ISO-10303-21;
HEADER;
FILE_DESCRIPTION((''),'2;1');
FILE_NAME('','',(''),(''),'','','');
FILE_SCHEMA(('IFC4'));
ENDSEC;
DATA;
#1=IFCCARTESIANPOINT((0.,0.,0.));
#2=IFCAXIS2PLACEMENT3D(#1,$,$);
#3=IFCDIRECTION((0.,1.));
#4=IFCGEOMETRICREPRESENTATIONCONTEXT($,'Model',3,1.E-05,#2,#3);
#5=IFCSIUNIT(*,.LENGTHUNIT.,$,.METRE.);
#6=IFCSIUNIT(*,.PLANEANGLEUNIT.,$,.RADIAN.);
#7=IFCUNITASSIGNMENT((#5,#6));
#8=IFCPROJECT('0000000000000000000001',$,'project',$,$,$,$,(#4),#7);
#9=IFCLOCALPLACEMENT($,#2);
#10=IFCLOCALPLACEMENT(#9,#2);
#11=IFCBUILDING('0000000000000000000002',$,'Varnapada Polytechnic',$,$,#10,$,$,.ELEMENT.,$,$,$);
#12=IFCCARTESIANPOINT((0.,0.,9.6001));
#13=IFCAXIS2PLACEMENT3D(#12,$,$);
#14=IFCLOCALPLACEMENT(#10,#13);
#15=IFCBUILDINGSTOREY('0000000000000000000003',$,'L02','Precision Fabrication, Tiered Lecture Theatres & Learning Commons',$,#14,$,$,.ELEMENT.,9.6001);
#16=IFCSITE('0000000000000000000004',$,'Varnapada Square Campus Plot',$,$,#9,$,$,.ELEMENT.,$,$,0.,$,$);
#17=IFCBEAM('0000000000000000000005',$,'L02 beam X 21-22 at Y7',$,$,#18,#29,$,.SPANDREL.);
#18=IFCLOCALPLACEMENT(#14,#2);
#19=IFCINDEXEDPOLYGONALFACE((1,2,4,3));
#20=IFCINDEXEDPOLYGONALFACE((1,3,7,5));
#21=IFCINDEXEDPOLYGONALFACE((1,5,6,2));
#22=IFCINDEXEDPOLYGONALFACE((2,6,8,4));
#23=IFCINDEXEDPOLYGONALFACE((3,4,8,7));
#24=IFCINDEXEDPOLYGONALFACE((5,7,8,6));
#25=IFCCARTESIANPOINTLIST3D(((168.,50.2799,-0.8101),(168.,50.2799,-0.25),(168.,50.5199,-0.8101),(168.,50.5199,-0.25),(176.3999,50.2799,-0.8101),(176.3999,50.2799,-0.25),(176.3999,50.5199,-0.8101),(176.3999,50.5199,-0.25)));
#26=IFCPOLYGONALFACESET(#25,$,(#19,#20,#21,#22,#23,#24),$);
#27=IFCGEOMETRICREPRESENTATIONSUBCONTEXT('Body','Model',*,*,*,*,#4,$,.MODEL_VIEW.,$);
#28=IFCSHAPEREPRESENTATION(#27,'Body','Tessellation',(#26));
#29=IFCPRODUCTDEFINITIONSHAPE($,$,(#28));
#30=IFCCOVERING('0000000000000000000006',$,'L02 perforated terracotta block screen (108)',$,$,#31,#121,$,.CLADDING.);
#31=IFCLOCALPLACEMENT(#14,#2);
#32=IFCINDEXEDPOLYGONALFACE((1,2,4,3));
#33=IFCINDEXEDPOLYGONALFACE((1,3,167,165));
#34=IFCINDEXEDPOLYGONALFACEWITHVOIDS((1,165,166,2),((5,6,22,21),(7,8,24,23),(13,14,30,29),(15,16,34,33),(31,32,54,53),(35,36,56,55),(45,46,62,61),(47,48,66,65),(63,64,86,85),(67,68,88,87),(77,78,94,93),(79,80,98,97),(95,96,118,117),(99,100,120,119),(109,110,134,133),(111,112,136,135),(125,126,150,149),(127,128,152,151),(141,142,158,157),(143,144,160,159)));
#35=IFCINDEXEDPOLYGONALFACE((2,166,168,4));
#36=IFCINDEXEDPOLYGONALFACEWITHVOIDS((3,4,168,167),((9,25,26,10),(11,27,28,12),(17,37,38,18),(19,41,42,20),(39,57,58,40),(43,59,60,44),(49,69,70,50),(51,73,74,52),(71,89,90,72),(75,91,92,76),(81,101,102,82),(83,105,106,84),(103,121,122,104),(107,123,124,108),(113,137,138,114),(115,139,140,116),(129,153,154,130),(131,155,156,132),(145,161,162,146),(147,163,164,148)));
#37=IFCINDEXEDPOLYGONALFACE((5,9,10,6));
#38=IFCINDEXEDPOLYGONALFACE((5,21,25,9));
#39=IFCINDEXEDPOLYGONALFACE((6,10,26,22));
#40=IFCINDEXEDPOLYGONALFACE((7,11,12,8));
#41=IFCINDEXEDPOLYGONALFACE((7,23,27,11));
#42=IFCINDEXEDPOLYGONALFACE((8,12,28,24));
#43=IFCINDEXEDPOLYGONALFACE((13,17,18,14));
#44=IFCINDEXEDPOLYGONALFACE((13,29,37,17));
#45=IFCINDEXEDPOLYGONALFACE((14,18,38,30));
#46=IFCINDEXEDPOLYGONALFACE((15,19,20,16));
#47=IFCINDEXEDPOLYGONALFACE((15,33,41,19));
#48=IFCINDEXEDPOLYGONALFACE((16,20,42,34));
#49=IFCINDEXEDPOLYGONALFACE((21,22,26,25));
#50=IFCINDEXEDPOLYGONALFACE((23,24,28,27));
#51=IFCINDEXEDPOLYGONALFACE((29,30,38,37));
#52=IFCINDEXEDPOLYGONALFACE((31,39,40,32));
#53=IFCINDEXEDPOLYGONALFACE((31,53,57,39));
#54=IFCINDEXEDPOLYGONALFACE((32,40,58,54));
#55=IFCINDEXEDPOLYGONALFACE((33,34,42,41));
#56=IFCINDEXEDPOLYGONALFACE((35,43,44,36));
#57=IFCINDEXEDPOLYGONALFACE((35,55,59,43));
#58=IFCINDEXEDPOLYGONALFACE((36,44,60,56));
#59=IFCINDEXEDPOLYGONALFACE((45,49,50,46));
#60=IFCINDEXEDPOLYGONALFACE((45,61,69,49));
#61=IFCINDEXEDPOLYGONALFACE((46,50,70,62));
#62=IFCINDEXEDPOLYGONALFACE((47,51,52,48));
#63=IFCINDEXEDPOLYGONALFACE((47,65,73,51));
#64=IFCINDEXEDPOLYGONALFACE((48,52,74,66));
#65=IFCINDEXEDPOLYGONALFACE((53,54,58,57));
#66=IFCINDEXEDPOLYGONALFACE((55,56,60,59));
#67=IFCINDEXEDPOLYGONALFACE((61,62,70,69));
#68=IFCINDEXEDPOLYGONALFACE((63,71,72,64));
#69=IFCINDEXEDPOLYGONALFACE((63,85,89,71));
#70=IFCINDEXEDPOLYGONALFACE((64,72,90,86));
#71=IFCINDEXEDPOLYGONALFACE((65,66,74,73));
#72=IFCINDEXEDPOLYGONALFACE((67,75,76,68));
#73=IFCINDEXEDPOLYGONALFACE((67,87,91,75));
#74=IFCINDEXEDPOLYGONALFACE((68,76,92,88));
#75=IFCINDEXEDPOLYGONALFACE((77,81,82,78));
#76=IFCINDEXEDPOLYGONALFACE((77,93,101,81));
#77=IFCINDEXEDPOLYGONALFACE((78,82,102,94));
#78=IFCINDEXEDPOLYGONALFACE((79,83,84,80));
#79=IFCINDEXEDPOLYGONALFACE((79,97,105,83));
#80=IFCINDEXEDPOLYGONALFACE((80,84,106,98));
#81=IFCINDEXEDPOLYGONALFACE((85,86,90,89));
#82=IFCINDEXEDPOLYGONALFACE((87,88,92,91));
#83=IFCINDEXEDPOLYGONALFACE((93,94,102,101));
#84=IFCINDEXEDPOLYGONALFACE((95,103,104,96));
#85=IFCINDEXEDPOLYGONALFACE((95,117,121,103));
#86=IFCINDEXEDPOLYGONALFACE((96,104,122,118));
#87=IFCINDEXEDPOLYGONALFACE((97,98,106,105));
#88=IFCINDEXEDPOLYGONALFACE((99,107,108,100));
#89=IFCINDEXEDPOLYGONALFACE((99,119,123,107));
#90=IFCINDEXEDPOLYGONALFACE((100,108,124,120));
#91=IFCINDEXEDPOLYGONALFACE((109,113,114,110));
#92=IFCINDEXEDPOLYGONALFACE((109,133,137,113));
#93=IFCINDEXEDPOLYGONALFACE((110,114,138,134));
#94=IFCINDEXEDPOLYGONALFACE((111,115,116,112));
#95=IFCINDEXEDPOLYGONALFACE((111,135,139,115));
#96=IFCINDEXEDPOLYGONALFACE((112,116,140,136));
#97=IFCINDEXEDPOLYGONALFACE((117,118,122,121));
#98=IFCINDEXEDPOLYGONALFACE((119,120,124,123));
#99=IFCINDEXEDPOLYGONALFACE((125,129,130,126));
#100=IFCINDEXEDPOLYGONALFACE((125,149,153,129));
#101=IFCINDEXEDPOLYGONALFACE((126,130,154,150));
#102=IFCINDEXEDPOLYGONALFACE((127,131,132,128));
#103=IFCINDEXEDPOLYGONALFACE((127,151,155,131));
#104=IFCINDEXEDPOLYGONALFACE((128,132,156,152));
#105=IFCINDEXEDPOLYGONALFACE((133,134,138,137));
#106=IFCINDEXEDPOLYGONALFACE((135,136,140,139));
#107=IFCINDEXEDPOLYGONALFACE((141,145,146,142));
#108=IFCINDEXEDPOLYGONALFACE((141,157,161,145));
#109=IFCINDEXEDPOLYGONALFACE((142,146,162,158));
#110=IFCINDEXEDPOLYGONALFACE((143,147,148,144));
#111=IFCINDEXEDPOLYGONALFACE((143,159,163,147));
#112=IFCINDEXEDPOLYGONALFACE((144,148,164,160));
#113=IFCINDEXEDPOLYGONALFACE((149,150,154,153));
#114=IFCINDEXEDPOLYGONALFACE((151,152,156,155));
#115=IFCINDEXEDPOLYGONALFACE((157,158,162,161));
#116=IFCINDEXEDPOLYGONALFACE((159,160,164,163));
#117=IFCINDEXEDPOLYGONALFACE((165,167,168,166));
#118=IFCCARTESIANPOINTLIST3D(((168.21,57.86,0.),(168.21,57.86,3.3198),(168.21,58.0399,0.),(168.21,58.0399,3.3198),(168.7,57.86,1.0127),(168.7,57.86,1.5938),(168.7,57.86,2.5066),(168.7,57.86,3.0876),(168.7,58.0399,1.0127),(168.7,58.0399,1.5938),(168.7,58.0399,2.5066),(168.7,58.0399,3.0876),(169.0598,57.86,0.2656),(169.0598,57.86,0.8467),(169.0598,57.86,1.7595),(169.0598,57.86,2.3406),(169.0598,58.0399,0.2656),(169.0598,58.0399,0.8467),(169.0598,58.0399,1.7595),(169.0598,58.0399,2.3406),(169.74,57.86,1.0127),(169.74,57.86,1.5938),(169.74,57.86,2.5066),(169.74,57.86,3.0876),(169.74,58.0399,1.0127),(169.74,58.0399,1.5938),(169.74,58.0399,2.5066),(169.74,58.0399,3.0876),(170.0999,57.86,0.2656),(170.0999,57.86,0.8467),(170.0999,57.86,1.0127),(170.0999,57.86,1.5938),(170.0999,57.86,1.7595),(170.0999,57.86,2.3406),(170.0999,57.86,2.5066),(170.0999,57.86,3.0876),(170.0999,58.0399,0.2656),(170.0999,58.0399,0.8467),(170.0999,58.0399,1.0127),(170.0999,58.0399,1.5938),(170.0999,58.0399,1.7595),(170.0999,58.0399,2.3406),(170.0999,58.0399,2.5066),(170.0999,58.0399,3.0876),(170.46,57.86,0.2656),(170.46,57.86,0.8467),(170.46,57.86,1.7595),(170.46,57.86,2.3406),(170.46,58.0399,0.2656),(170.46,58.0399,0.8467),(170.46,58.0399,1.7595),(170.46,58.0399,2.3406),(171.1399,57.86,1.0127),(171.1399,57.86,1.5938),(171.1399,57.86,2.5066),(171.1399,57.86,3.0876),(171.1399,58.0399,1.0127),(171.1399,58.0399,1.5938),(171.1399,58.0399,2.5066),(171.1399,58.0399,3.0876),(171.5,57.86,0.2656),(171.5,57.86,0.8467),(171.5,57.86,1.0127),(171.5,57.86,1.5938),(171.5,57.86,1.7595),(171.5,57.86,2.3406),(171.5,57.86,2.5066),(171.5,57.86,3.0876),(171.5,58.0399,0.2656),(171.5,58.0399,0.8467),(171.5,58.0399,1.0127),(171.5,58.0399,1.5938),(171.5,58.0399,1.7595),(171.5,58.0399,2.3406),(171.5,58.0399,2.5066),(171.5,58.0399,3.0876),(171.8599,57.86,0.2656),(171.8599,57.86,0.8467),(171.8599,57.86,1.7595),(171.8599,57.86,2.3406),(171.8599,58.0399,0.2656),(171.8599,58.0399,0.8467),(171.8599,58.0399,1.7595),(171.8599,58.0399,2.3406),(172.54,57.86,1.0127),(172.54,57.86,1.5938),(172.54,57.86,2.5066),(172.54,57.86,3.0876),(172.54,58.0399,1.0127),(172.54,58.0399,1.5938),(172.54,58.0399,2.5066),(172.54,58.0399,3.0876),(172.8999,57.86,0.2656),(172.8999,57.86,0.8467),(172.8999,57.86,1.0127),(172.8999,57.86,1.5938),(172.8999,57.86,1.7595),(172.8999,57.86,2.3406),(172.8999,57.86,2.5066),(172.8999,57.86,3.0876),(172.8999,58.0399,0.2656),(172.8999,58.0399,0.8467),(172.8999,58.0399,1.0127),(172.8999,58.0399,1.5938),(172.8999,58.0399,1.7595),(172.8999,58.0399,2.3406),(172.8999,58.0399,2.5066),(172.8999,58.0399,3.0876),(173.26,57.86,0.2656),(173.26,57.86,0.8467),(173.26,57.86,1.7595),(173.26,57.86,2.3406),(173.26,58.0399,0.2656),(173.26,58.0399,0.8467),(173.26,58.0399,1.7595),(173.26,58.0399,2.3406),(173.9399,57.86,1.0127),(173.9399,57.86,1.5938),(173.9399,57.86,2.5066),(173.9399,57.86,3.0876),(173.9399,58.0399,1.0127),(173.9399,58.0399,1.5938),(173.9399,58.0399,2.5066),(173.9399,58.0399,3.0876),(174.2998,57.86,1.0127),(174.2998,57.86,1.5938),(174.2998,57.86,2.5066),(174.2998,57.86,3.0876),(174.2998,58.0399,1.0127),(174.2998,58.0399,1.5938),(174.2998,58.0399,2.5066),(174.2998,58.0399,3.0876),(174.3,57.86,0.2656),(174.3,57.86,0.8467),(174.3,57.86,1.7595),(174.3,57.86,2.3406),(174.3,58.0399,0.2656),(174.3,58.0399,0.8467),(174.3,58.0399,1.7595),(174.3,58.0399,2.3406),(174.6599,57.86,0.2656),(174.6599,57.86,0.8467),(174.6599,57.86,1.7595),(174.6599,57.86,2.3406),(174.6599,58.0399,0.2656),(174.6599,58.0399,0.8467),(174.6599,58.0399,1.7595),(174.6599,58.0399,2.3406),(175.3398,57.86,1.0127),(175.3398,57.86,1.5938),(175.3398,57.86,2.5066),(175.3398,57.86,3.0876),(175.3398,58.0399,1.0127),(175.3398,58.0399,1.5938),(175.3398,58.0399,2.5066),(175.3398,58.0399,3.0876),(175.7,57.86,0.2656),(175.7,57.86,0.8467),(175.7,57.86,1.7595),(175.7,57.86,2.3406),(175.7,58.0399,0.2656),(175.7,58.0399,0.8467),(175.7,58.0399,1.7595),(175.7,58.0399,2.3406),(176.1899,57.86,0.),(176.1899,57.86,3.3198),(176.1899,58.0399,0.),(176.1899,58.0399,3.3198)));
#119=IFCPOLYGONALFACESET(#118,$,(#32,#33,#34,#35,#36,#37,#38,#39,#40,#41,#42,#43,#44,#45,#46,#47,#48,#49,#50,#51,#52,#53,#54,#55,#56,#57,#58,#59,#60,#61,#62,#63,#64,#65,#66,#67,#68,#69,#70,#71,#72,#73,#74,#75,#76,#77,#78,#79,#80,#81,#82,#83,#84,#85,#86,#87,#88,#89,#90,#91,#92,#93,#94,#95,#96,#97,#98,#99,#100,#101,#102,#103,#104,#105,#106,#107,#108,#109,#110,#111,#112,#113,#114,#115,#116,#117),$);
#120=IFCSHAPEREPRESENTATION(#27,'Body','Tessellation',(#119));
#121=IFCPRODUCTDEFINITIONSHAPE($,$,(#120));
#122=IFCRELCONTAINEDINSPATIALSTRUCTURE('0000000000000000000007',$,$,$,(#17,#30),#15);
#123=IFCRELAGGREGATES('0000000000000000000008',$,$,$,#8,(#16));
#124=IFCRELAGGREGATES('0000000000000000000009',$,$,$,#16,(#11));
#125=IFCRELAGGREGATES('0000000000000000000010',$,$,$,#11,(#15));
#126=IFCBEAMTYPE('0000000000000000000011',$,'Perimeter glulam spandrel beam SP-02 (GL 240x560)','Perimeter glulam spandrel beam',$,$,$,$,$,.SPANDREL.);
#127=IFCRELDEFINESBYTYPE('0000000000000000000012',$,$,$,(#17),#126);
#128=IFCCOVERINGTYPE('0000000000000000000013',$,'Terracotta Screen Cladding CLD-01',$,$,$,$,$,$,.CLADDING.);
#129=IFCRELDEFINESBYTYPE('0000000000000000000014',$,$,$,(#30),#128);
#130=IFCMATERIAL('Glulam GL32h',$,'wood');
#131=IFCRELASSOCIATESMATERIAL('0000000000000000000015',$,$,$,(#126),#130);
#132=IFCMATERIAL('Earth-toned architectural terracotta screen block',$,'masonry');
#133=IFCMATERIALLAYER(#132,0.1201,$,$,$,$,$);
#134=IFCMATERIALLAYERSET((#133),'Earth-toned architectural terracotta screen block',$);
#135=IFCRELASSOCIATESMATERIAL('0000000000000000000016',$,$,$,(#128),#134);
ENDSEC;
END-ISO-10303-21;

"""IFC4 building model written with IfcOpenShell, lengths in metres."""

from ifc_helpers import new_model, si_unit, direction, frame, frame_2d, origin, origin_2d, place, context, subcontext, project, spatial, rectangle, extrude, material, layer, layer_set, material_profile, profile_set, type_object, element, save


model = new_model("IFC4")

# Units and contexts
model_context = context("Model", 3, precision=1e-05, world=origin(), true_north=direction((0.0, 1.0)))
body_context = subcontext(model_context, "Body", "Model", "MODEL_VIEW")
ifc_project = project(units=[si_unit("LENGTHUNIT", "METRE"), si_unit("PLANEANGLEUNIT", "RADIAN")], contexts=[model_context])

# Site, building, storey
site_placement = place(None, origin())
site = spatial("IfcSite", under=ifc_project, at=site_placement, Name="Varnapada Square Campus Plot", CompositionType="ELEMENT", RefElevation=0.0)
building_placement = place(site_placement, origin())
building = spatial("IfcBuilding", under=site, at=building_placement, Name="Varnapada Polytechnic", CompositionType="ELEMENT")
storey_placement = place(building_placement, frame((0.0, 0.0, 9.6001)))
storey = spatial("IfcBuildingStorey", under=building, at=storey_placement, Name="L02", Description="Precision Fabrication, Tiered Lecture Theatres & Learning Commons", CompositionType="ELEMENT", Elevation=9.6001)

# Beam
ifc_material_1 = material(Name="Glulam GL32h", Category="wood")
ifc_material_profile = material_profile(ifc_material_1, rectangle(XDim=0.24, YDim=0.5601, at=origin_2d()), Name="GL 240x560")
ifc_profile_set = profile_set([ifc_material_profile], Name="Glulam GL32h")
beam_type = type_object("IfcBeamType", Name="Perimeter glulam spandrel beam SP-02 (GL 240x560)", Description="Perimeter glulam spandrel beam", PredefinedType="SPANDREL", material=ifc_profile_set)
beam_placement = place(storey_placement, frame((168.0, 50.3999, -0.53), z_axis=(1.0, 0.0, 0.0), x_axis=(0.0, 1.0, 0.0)))
element("IfcBeam", 1, at=beam_placement, inside=storey, type_object=beam_type, Name="L02 beam X 21-22 at Y7", PredefinedType="SPANDREL", context=body_context, shape_type="SweptSolid", body=[
    extrude(rectangle(XDim=0.24, YDim=0.5601, at=origin_2d()), origin(), (0.0, 0.0, 1.0), 8.3999),
])

# Covering, openings
ifc_material_2 = material(Name="Earth-toned architectural terracotta screen block", Category="masonry")
ifc_layer_1 = layer(ifc_material_2, 0.1201)
ifc_layer_set_1 = layer_set([ifc_layer_1], Name="Earth-toned architectural terracotta screen block")
covering_type = type_object("IfcCoveringType", Name="Terracotta Screen Cladding CLD-01", PredefinedType="CLADDING", material=ifc_layer_set_1)
covering_placement = place(storey_placement, frame((176.1899, 57.95, 0.0), z_axis=(0.0, 0.0, 1.0), x_axis=(-1.0, 0.0, 0.0)))
covering = element("IfcCovering", 2, at=covering_placement, inside=storey, type_object=covering_type, Name="L02 perforated terracotta block screen (108)", PredefinedType="CLADDING", context=body_context, shape_type="SweptSolid", body=[
    extrude(rectangle(XDim=7.98, YDim=0.1799, at=frame_2d((3.99, 0.0))), origin(), (0.0, 0.0, 1.0), 3.3198),
])
opening_1_placement = place(covering_placement, frame((0.49, 0.0, 0.2656)))
element("IfcOpeningElement", 3, at=opening_1_placement, cuts=covering, PredefinedType="OPENING", context=body_context, shape_type="SweptSolid", body=[
    extrude(rectangle(XDim=1.04, YDim=0.5811, at=frame_2d((0.52, 0.2905))), frame((0.0, 0.0999, 0.0), z_axis=(0.0, -1.0, 0.0), x_axis=(1.0, 0.0, 0.0)), (0.0, 0.0, 1.0), 0.2),
])
opening_2_placement = place(covering_placement, frame((1.8899, 0.0, 0.2656)))
element("IfcOpeningElement", 4, at=opening_2_placement, cuts=covering, PredefinedType="OPENING", context=body_context, shape_type="SweptSolid", body=[
    extrude(rectangle(XDim=1.04, YDim=0.5811, at=frame_2d((0.52, 0.2905))), frame((0.0, 0.0999, 0.0), z_axis=(0.0, -1.0, 0.0), x_axis=(1.0, 0.0, 0.0)), (0.0, 0.0, 1.0), 0.2),
])
opening_3_placement = place(covering_placement, frame((3.29, 0.0, 0.2656)))
element("IfcOpeningElement", 5, at=opening_3_placement, cuts=covering, PredefinedType="OPENING", context=body_context, shape_type="SweptSolid", body=[
    extrude(rectangle(XDim=1.04, YDim=0.5811, at=frame_2d((0.52, 0.2905))), frame((0.0, 0.0999, 0.0), z_axis=(0.0, -1.0, 0.0), x_axis=(1.0, 0.0, 0.0)), (0.0, 0.0, 1.0), 0.2),
])
opening_4_placement = place(covering_placement, frame((4.6899, 0.0, 0.2656)))
element("IfcOpeningElement", 6, at=opening_4_placement, cuts=covering, PredefinedType="OPENING", context=body_context, shape_type="SweptSolid", body=[
    extrude(rectangle(XDim=1.04, YDim=0.5811, at=frame_2d((0.52, 0.2905))), frame((0.0, 0.0999, 0.0), z_axis=(0.0, -1.0, 0.0), x_axis=(1.0, 0.0, 0.0)), (0.0, 0.0, 1.0), 0.2),
])
opening_5_placement = place(covering_placement, frame((6.0901, 0.0, 0.2656)))
element("IfcOpeningElement", 7, at=opening_5_placement, cuts=covering, PredefinedType="OPENING", context=body_context, shape_type="SweptSolid", body=[
    extrude(rectangle(XDim=1.04, YDim=0.5811, at=frame_2d((0.52, 0.2905))), frame((0.0, 0.0999, 0.0), z_axis=(0.0, -1.0, 0.0), x_axis=(1.0, 0.0, 0.0)), (0.0, 0.0, 1.0), 0.2),
])
opening_6_placement = place(covering_placement, frame((0.8501, 0.0, 1.0127)))
element("IfcOpeningElement", 8, at=opening_6_placement, cuts=covering, PredefinedType="OPENING", context=body_context, shape_type="SweptSolid", body=[
    extrude(rectangle(XDim=1.04, YDim=0.5811, at=frame_2d((0.52, 0.2905))), frame((0.0, 0.0999, 0.0), z_axis=(0.0, -1.0, 0.0), x_axis=(1.0, 0.0, 0.0)), (0.0, 0.0, 1.0), 0.2),
])
opening_7_placement = place(covering_placement, frame((2.25, 0.0, 1.0127)))
element("IfcOpeningElement", 9, at=opening_7_placement, cuts=covering, PredefinedType="OPENING", context=body_context, shape_type="SweptSolid", body=[
    extrude(rectangle(XDim=1.04, YDim=0.5811, at=frame_2d((0.52, 0.2905))), frame((0.0, 0.0999, 0.0), z_axis=(0.0, -1.0, 0.0), x_axis=(1.0, 0.0, 0.0)), (0.0, 0.0, 1.0), 0.2),
])
opening_8_placement = place(covering_placement, frame((3.6499, 0.0, 1.0127)))
element("IfcOpeningElement", 10, at=opening_8_placement, cuts=covering, PredefinedType="OPENING", context=body_context, shape_type="SweptSolid", body=[
    extrude(rectangle(XDim=1.04, YDim=0.5811, at=frame_2d((0.52, 0.2905))), frame((0.0, 0.0999, 0.0), z_axis=(0.0, -1.0, 0.0), x_axis=(1.0, 0.0, 0.0)), (0.0, 0.0, 1.0), 0.2),
])
opening_9_placement = place(covering_placement, frame((5.05, 0.0, 1.0127)))
element("IfcOpeningElement", 11, at=opening_9_placement, cuts=covering, PredefinedType="OPENING", context=body_context, shape_type="SweptSolid", body=[
    extrude(rectangle(XDim=1.04, YDim=0.5811, at=frame_2d((0.52, 0.2905))), frame((0.0, 0.0999, 0.0), z_axis=(0.0, -1.0, 0.0), x_axis=(1.0, 0.0, 0.0)), (0.0, 0.0, 1.0), 0.2),
])
opening_10_placement = place(covering_placement, frame((6.45, 0.0, 1.0127)))
element("IfcOpeningElement", 12, at=opening_10_placement, cuts=covering, PredefinedType="OPENING", context=body_context, shape_type="SweptSolid", body=[
    extrude(rectangle(XDim=1.04, YDim=0.5811, at=frame_2d((0.52, 0.2905))), frame((0.0, 0.0999, 0.0), z_axis=(0.0, -1.0, 0.0), x_axis=(1.0, 0.0, 0.0)), (0.0, 0.0, 1.0), 0.2),
])
opening_11_placement = place(covering_placement, frame((0.49, 0.0, 1.7595)))
element("IfcOpeningElement", 13, at=opening_11_placement, cuts=covering, PredefinedType="OPENING", context=body_context, shape_type="SweptSolid", body=[
    extrude(rectangle(XDim=1.04, YDim=0.5811, at=frame_2d((0.52, 0.2905))), frame((0.0, 0.0999, 0.0), z_axis=(0.0, -1.0, 0.0), x_axis=(1.0, 0.0, 0.0)), (0.0, 0.0, 1.0), 0.2),
])
opening_12_placement = place(covering_placement, frame((1.8899, 0.0, 1.7595)))
element("IfcOpeningElement", 14, at=opening_12_placement, cuts=covering, PredefinedType="OPENING", context=body_context, shape_type="SweptSolid", body=[
    extrude(rectangle(XDim=1.04, YDim=0.5811, at=frame_2d((0.52, 0.2905))), frame((0.0, 0.0999, 0.0), z_axis=(0.0, -1.0, 0.0), x_axis=(1.0, 0.0, 0.0)), (0.0, 0.0, 1.0), 0.2),
])
opening_13_placement = place(covering_placement, frame((3.29, 0.0, 1.7595)))
element("IfcOpeningElement", 15, at=opening_13_placement, cuts=covering, PredefinedType="OPENING", context=body_context, shape_type="SweptSolid", body=[
    extrude(rectangle(XDim=1.04, YDim=0.5811, at=frame_2d((0.52, 0.2905))), frame((0.0, 0.0999, 0.0), z_axis=(0.0, -1.0, 0.0), x_axis=(1.0, 0.0, 0.0)), (0.0, 0.0, 1.0), 0.2),
])
opening_14_placement = place(covering_placement, frame((4.6899, 0.0, 1.7595)))
element("IfcOpeningElement", 16, at=opening_14_placement, cuts=covering, PredefinedType="OPENING", context=body_context, shape_type="SweptSolid", body=[
    extrude(rectangle(XDim=1.04, YDim=0.5811, at=frame_2d((0.52, 0.2905))), frame((0.0, 0.0999, 0.0), z_axis=(0.0, -1.0, 0.0), x_axis=(1.0, 0.0, 0.0)), (0.0, 0.0, 1.0), 0.2),
])
opening_15_placement = place(covering_placement, frame((6.0901, 0.0, 1.7595)))
element("IfcOpeningElement", 17, at=opening_15_placement, cuts=covering, PredefinedType="OPENING", context=body_context, shape_type="SweptSolid", body=[
    extrude(rectangle(XDim=1.04, YDim=0.5811, at=frame_2d((0.52, 0.2905))), frame((0.0, 0.0999, 0.0), z_axis=(0.0, -1.0, 0.0), x_axis=(1.0, 0.0, 0.0)), (0.0, 0.0, 1.0), 0.2),
])
opening_16_placement = place(covering_placement, frame((0.8501, 0.0, 2.5066)))
element("IfcOpeningElement", 18, at=opening_16_placement, cuts=covering, PredefinedType="OPENING", context=body_context, shape_type="SweptSolid", body=[
    extrude(rectangle(XDim=1.04, YDim=0.5811, at=frame_2d((0.52, 0.2905))), frame((0.0, 0.0999, 0.0), z_axis=(0.0, -1.0, 0.0), x_axis=(1.0, 0.0, 0.0)), (0.0, 0.0, 1.0), 0.2),
])
opening_17_placement = place(covering_placement, frame((2.25, 0.0, 2.5066)))
element("IfcOpeningElement", 19, at=opening_17_placement, cuts=covering, PredefinedType="OPENING", context=body_context, shape_type="SweptSolid", body=[
    extrude(rectangle(XDim=1.04, YDim=0.5811, at=frame_2d((0.52, 0.2905))), frame((0.0, 0.0999, 0.0), z_axis=(0.0, -1.0, 0.0), x_axis=(1.0, 0.0, 0.0)), (0.0, 0.0, 1.0), 0.2),
])
opening_18_placement = place(covering_placement, frame((3.6499, 0.0, 2.5066)))
element("IfcOpeningElement", 20, at=opening_18_placement, cuts=covering, PredefinedType="OPENING", context=body_context, shape_type="SweptSolid", body=[
    extrude(rectangle(XDim=1.04, YDim=0.5811, at=frame_2d((0.52, 0.2905))), frame((0.0, 0.0999, 0.0), z_axis=(0.0, -1.0, 0.0), x_axis=(1.0, 0.0, 0.0)), (0.0, 0.0, 1.0), 0.2),
])
opening_19_placement = place(covering_placement, frame((5.05, 0.0, 2.5066)))
element("IfcOpeningElement", 21, at=opening_19_placement, cuts=covering, PredefinedType="OPENING", context=body_context, shape_type="SweptSolid", body=[
    extrude(rectangle(XDim=1.04, YDim=0.5811, at=frame_2d((0.52, 0.2905))), frame((0.0, 0.0999, 0.0), z_axis=(0.0, -1.0, 0.0), x_axis=(1.0, 0.0, 0.0)), (0.0, 0.0, 1.0), 0.2),
])
opening_20_placement = place(covering_placement, frame((6.45, 0.0, 2.5066)))
element("IfcOpeningElement", 22, at=opening_20_placement, cuts=covering, PredefinedType="OPENING", context=body_context, shape_type="SweptSolid", body=[
    extrude(rectangle(XDim=1.04, YDim=0.5811, at=frame_2d((0.52, 0.2905))), frame((0.0, 0.0999, 0.0), z_axis=(0.0, -1.0, 0.0), x_axis=(1.0, 0.0, 0.0)), (0.0, 0.0, 1.0), 0.2),
])

save(model, "model.ifc")
